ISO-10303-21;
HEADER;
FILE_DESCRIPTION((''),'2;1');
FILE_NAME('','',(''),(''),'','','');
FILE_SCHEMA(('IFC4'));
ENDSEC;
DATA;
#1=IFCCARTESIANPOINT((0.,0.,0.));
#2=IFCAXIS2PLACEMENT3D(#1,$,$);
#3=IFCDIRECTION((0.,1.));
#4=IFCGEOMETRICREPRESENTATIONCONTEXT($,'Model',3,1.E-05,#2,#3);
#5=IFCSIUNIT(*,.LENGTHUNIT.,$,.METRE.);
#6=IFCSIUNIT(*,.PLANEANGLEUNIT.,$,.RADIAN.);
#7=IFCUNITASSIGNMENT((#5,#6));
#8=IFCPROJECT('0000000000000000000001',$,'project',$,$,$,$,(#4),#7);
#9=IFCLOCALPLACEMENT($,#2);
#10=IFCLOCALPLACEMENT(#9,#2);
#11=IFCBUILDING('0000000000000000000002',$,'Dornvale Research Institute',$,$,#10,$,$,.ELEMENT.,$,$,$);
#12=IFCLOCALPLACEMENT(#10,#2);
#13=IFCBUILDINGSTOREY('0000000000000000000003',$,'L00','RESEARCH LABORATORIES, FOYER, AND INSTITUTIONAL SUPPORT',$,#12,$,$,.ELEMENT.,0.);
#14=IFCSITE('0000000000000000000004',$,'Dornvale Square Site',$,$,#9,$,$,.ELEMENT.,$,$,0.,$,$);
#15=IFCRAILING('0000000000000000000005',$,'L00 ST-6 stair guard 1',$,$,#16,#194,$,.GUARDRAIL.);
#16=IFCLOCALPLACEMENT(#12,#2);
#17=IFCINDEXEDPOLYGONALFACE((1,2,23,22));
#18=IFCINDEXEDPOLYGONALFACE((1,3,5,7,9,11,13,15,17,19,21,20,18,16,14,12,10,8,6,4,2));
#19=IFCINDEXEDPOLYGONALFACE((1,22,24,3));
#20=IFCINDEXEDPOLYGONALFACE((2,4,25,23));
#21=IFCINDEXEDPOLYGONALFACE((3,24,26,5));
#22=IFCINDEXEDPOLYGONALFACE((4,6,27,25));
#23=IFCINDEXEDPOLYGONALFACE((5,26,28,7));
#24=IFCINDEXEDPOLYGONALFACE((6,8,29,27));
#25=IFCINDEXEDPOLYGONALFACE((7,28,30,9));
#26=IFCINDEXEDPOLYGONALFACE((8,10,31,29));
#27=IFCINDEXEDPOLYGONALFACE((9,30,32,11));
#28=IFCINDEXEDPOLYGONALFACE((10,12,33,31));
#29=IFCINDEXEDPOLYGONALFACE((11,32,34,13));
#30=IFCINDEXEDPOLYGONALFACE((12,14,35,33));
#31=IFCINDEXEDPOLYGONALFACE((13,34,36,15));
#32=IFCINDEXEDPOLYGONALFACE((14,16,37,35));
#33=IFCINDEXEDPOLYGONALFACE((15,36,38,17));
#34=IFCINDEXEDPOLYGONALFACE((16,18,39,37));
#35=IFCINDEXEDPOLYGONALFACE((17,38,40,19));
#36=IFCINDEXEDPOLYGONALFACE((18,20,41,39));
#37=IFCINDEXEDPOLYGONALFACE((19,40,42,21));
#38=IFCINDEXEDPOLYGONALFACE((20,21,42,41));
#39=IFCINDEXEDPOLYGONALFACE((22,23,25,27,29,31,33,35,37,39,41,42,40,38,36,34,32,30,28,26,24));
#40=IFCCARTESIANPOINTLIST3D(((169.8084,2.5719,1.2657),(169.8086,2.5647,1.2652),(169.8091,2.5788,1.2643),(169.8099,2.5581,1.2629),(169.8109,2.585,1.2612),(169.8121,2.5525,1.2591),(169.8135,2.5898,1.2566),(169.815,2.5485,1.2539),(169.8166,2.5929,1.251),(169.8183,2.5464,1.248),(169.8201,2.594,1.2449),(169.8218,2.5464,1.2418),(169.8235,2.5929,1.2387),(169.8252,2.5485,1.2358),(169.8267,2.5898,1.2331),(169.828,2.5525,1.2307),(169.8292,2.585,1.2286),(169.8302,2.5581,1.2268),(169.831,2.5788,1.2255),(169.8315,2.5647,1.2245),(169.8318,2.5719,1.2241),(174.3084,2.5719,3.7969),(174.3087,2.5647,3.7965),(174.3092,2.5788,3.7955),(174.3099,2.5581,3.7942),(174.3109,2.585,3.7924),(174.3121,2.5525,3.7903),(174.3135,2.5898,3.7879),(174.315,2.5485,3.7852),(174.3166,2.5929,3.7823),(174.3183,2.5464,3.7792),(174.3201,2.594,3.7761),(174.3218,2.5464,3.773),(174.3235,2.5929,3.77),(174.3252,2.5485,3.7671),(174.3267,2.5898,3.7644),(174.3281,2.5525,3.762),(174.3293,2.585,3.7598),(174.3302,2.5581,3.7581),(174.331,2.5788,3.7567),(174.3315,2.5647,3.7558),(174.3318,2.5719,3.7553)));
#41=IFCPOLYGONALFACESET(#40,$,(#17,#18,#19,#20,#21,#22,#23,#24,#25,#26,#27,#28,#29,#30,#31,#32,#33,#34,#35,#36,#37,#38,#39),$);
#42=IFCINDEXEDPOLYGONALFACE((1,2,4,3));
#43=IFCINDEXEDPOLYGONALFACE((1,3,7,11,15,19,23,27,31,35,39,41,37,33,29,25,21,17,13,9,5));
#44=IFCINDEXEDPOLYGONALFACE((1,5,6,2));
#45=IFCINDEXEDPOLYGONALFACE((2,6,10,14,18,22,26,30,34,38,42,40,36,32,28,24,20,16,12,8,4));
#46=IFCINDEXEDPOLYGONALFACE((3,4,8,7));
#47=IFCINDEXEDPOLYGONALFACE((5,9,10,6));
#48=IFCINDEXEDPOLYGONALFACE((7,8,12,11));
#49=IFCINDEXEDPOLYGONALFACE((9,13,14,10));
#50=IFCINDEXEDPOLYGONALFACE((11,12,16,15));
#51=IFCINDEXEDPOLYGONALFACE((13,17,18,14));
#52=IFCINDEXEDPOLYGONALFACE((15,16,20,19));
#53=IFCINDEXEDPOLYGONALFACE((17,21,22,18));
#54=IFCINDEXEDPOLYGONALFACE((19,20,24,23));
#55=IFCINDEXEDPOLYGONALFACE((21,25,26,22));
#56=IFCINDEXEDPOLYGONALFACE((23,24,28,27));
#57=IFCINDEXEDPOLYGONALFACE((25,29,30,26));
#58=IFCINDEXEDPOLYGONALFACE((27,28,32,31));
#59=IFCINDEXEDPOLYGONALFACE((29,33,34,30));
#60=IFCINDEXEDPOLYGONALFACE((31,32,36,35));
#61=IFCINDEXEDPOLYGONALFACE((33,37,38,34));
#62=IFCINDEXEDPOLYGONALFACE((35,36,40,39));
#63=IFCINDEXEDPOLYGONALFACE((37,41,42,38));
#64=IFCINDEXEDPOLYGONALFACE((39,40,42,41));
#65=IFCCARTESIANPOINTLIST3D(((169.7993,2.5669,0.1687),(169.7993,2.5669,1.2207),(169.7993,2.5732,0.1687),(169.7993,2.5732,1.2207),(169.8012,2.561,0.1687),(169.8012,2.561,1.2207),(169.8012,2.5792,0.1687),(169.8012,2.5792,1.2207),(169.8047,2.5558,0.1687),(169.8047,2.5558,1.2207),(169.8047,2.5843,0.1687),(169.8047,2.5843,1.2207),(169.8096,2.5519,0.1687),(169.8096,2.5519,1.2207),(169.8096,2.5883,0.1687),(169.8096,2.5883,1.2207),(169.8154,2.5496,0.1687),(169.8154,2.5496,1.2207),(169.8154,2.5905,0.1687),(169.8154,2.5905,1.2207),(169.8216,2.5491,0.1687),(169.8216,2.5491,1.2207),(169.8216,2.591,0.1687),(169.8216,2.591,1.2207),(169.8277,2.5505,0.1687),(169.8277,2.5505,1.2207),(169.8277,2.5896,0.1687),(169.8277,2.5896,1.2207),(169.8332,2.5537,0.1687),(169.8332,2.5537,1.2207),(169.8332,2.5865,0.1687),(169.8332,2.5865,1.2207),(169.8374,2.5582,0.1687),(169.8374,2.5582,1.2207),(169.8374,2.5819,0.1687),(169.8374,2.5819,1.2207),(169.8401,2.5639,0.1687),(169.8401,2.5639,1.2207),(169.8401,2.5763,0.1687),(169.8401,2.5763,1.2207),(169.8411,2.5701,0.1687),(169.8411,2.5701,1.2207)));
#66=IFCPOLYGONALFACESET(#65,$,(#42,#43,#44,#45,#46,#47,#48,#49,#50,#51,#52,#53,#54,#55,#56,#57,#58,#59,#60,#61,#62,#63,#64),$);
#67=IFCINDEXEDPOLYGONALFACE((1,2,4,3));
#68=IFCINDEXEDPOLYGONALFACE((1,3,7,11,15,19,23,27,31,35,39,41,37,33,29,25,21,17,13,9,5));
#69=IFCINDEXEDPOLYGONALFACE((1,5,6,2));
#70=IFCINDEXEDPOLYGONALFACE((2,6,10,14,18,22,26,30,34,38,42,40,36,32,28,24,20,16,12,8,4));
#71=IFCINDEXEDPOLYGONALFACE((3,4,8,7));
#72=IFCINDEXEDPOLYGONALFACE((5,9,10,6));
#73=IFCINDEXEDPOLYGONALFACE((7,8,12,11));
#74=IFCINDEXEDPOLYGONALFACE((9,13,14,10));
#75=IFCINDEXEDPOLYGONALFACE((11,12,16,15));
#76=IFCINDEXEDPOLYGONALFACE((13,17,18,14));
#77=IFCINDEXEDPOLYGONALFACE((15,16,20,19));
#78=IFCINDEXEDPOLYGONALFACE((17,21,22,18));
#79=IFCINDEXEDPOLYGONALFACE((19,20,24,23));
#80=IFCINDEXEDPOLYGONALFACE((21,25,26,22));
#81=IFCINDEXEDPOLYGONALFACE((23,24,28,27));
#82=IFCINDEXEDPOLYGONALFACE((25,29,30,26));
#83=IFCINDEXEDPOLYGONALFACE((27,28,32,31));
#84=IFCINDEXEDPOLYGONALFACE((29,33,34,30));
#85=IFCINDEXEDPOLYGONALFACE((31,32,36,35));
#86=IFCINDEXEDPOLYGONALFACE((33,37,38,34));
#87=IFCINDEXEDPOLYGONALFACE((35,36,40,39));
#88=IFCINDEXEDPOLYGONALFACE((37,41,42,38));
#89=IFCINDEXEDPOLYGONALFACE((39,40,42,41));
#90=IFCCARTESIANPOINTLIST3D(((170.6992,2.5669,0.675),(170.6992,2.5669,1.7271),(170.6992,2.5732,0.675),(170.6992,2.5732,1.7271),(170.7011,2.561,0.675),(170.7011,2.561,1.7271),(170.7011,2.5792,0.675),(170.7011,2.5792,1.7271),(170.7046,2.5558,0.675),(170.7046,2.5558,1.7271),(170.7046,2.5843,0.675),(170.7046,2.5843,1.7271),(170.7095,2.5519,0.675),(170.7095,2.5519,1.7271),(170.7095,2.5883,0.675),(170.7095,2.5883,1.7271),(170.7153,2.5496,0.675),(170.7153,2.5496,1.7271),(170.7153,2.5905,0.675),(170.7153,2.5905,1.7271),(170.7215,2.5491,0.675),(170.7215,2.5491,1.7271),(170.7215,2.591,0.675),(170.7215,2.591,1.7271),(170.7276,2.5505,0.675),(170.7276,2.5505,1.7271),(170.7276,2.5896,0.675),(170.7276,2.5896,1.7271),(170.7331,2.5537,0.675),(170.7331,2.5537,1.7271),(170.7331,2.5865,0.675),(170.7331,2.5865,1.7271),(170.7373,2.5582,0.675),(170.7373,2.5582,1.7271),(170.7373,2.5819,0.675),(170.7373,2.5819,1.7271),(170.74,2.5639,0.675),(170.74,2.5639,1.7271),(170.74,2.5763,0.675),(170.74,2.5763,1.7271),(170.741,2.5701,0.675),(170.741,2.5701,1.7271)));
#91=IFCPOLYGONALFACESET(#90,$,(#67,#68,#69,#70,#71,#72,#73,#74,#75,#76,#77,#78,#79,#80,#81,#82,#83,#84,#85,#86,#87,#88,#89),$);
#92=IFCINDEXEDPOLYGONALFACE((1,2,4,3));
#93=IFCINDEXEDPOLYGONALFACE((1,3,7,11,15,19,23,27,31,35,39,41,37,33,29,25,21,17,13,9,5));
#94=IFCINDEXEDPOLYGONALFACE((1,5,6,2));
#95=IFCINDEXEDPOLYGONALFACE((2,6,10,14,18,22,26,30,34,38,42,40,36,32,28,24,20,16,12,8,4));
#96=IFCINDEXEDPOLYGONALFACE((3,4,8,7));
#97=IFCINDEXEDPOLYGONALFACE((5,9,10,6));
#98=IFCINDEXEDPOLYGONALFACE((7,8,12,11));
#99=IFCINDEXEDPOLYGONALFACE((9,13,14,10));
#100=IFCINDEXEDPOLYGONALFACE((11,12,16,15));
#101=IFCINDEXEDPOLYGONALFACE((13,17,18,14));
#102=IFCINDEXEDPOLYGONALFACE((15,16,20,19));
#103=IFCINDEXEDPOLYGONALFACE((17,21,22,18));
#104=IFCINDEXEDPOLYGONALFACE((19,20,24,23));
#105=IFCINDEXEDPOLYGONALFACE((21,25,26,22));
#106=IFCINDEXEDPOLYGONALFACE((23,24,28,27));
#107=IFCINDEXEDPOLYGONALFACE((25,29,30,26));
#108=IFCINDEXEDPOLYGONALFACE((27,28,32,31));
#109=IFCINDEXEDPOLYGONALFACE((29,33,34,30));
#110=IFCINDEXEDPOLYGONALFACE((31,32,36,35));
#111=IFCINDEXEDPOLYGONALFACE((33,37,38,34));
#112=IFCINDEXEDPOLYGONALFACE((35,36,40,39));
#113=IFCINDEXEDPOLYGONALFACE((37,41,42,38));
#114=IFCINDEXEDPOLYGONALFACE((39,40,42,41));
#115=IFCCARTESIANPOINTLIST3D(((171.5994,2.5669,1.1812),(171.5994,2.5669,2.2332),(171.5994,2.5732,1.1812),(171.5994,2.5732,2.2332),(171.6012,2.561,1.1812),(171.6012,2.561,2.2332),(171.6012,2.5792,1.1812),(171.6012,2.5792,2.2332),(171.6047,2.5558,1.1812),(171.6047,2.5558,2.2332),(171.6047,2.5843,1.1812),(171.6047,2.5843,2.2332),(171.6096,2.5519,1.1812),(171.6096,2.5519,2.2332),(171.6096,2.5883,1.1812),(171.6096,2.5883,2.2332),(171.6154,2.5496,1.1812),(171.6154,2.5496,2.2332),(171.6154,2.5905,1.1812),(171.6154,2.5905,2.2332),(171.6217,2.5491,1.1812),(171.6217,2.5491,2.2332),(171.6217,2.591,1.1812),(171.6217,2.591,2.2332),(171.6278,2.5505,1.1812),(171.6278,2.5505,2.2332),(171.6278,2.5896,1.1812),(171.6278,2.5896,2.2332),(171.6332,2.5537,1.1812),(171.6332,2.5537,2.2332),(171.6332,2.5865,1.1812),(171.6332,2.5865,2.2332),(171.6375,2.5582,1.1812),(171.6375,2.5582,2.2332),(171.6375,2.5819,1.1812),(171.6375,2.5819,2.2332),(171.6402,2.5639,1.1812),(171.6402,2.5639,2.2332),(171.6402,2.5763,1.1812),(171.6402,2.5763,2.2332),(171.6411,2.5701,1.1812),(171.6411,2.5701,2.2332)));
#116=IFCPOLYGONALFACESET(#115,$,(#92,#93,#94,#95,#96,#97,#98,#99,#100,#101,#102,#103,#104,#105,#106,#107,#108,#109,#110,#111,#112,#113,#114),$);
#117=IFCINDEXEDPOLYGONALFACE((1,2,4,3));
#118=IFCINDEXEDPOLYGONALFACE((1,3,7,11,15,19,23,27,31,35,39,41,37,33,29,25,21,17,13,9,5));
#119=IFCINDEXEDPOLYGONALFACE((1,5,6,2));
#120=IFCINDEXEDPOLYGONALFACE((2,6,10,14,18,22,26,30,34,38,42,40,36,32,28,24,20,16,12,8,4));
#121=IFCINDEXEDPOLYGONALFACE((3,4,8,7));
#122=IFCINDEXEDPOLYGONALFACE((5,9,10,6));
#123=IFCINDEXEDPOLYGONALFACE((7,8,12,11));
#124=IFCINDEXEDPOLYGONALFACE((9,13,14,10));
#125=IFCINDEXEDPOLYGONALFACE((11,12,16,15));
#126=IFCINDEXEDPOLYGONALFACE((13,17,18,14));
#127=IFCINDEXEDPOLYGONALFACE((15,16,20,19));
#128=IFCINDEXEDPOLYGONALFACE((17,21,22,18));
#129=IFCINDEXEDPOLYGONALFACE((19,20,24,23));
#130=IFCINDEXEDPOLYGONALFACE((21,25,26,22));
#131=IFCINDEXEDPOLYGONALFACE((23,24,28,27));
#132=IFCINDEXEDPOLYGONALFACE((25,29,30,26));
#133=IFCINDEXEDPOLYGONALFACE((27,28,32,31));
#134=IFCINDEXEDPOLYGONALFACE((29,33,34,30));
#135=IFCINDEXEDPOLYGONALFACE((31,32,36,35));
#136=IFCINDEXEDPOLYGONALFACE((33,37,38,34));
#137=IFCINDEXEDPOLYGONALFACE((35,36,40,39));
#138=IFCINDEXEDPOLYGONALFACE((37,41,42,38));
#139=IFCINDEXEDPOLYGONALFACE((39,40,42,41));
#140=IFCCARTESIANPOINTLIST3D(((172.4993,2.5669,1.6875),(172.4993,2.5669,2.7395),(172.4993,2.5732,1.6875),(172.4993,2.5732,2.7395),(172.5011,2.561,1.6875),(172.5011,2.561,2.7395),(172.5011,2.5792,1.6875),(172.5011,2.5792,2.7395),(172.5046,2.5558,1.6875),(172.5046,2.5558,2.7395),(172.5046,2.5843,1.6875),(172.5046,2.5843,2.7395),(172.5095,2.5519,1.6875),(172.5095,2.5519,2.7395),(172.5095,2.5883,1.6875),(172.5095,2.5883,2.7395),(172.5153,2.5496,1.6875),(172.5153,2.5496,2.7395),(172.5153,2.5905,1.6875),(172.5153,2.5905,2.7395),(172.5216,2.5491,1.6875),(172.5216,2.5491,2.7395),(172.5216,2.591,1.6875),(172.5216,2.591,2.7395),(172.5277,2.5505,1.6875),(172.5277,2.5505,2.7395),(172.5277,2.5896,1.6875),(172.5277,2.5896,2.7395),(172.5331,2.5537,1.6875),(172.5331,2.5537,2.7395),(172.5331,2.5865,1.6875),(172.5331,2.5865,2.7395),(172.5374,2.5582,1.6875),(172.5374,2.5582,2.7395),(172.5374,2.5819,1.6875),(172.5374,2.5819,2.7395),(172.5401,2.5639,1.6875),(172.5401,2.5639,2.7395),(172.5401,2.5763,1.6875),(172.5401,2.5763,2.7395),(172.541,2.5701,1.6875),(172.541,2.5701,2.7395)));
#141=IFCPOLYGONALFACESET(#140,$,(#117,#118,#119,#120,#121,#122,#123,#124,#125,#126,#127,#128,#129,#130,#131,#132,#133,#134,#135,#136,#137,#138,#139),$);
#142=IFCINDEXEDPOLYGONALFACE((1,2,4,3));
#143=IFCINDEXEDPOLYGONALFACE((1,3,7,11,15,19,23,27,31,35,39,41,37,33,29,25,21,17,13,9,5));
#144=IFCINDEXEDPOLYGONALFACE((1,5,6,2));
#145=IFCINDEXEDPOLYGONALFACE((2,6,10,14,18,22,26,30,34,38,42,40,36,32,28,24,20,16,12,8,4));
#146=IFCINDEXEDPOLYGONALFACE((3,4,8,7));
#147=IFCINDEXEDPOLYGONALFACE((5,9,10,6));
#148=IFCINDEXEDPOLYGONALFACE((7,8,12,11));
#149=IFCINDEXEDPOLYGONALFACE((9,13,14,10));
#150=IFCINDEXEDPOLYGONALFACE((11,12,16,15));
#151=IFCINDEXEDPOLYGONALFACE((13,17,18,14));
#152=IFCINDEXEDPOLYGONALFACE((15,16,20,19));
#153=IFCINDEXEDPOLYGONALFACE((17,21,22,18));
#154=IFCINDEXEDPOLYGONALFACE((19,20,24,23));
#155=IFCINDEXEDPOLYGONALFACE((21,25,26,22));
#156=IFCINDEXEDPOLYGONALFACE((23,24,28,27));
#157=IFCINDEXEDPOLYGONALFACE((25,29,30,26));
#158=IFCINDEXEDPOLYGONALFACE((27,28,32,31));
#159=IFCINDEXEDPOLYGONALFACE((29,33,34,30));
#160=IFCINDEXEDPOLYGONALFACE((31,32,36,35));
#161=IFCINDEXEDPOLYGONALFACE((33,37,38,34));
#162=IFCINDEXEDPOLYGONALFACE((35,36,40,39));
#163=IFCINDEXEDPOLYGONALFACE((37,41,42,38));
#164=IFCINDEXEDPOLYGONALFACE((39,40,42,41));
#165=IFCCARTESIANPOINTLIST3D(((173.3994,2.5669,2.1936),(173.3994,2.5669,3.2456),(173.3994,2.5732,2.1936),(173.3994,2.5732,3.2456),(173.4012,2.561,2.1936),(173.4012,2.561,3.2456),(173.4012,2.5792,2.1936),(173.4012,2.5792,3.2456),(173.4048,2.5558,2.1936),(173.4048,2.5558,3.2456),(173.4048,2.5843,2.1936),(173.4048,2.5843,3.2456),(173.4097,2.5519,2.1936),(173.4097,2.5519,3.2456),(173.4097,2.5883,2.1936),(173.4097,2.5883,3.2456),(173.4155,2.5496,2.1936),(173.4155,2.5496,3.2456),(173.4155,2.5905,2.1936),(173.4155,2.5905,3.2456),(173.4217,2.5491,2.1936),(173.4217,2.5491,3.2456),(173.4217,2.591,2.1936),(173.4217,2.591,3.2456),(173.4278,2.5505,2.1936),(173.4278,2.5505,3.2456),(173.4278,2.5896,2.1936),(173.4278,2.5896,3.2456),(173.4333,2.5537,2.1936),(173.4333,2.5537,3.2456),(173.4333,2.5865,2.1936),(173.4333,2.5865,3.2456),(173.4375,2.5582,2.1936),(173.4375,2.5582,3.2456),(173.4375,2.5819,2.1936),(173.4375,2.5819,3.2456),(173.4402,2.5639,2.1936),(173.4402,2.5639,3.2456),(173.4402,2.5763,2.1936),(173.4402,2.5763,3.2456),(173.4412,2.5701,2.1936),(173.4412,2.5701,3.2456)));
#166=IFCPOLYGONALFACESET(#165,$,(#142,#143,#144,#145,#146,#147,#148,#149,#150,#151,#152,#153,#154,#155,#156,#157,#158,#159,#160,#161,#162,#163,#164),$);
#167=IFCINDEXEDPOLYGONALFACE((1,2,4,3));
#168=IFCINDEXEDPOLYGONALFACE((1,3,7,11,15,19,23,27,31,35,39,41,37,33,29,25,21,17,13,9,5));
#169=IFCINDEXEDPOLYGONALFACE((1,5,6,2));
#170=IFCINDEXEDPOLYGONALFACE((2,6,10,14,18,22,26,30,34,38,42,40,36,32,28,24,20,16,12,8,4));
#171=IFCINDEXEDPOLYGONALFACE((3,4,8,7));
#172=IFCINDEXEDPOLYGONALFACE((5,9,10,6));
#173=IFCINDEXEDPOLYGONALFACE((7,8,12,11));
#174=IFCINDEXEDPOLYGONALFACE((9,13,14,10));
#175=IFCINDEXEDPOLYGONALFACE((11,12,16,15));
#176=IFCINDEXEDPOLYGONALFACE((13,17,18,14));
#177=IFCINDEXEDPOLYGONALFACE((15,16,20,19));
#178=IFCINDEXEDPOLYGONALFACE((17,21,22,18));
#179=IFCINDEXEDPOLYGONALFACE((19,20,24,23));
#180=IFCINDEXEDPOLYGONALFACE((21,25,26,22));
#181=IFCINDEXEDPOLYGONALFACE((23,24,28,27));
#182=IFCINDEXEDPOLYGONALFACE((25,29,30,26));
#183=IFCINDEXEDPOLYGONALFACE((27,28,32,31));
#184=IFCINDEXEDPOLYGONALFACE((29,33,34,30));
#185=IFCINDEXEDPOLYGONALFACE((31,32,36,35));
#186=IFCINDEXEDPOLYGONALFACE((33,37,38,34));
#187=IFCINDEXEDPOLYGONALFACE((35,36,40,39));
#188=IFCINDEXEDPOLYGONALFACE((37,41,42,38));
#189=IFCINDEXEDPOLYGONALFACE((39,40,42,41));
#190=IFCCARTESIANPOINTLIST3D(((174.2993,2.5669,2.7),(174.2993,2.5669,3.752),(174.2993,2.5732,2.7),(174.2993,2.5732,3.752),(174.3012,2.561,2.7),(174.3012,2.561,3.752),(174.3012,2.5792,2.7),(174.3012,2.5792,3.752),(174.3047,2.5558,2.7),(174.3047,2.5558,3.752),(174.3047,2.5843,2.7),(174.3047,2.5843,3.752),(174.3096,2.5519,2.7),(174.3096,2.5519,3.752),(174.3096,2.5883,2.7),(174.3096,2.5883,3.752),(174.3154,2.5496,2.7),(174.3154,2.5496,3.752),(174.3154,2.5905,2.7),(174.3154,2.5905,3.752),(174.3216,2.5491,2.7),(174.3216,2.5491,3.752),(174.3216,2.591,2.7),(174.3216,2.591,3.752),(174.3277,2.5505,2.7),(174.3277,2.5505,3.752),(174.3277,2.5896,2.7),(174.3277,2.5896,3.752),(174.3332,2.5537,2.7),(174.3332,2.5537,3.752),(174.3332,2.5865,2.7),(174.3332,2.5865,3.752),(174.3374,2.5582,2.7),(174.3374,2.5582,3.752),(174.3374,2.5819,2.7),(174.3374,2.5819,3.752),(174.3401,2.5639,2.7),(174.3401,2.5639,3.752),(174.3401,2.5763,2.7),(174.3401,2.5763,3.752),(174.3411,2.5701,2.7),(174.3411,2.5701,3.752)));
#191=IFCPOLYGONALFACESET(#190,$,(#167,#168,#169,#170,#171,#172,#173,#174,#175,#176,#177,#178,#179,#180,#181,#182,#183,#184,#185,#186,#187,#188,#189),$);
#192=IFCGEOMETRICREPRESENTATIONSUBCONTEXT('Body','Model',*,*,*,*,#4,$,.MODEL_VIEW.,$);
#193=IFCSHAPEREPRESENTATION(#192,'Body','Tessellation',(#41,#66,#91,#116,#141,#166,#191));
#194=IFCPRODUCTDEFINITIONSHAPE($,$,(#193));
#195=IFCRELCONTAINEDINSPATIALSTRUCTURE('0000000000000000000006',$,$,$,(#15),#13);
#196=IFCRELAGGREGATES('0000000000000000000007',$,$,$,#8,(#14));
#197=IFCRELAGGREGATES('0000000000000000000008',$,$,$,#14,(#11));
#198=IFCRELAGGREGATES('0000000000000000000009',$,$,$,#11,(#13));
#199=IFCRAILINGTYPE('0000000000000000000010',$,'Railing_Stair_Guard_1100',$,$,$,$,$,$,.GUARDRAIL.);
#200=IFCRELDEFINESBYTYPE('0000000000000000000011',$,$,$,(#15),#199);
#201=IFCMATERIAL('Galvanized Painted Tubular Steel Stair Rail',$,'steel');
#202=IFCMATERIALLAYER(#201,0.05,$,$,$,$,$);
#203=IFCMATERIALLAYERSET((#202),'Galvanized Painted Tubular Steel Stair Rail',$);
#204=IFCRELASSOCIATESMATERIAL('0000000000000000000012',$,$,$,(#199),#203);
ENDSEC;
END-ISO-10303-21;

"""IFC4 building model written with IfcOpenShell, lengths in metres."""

from ifc_helpers import new_model, si_unit, direction, frame, origin, origin_2d, place, context, subcontext, project, spatial, circle, extrude, material, layer, layer_set, type_object, element, save


model = new_model("IFC4")

# Units and contexts
model_context = context("Model", 3, precision=1e-05, world=origin(), true_north=direction((0.0, 1.0)))
body_context = subcontext(model_context, "Body", "Model", "MODEL_VIEW")
ifc_project = project(units=[si_unit("LENGTHUNIT", "METRE"), si_unit("PLANEANGLEUNIT", "RADIAN")], contexts=[model_context])

# Site, building, storey
site_placement = place(None, origin())
site = spatial("IfcSite", under=ifc_project, at=site_placement, Name="Dornvale Square Site", CompositionType="ELEMENT", RefElevation=0.0)
building_placement = place(site_placement, origin())
building = spatial("IfcBuilding", under=site, at=building_placement, Name="Dornvale Research Institute", CompositionType="ELEMENT")
storey_placement = place(building_placement, origin())
storey = spatial("IfcBuildingStorey", under=building, at=storey_placement, Name="L00", Description="RESEARCH LABORATORIES, FOYER, AND INSTITUTIONAL SUPPORT", CompositionType="ELEMENT", Elevation=0.0)

# Railing
ifc_material_1 = material(Name="Galvanized Painted Tubular Steel Stair Rail", Category="steel")
ifc_layer_1 = layer(ifc_material_1, 0.05)
ifc_layer_set_1 = layer_set([ifc_layer_1], Name="Galvanized Painted Tubular Steel Stair Rail")
railing_type_1 = type_object("IfcRailingType", Name="Railing_Stair_Guard_1100", PredefinedType="GUARDRAIL", material=ifc_layer_set_1)
railing_1_placement = place(storey_placement, frame((169.8201, 2.5701, 0.1687)))
element("IfcRailing", 1, at=railing_1_placement, inside=storey, type_object=railing_type_1, Name="L00 ST-6 stair guard 1", PredefinedType="GUARDRAIL", context=body_context, shape_type="SweptSolid", body=[
    extrude(circle(Radius=0.0239, at=origin_2d()), frame((0.0, 0.0, 1.0762), z_axis=(0.871576, 0.0, 0.490261), x_axis=(0.0, 1.0, 0.0)), (0.0, 0.0, 1.0), 5.1631),
    extrude(circle(Radius=0.021, at=origin_2d()), origin(), (0.0, 0.0, 1.0), 1.052),
    extrude(circle(Radius=0.021, at=origin_2d()), frame((0.8999, 0.0, 0.5063)), (0.0, 0.0, 1.0), 1.052),
    extrude(circle(Radius=0.021, at=origin_2d()), frame((1.8, 0.0, 1.0125)), (0.0, 0.0, 1.0), 1.052),
    extrude(circle(Radius=0.021, at=origin_2d()), frame((2.7, 0.0, 1.5188)), (0.0, 0.0, 1.0), 1.052),
    extrude(circle(Radius=0.021, at=origin_2d()), frame((3.6001, 0.0, 2.0249)), (0.0, 0.0, 1.0), 1.052),
    extrude(circle(Radius=0.021, at=origin_2d()), frame((4.5, 0.0, 2.5312)), (0.0, 0.0, 1.0), 1.052),
])

save(model, "model.ifc")
